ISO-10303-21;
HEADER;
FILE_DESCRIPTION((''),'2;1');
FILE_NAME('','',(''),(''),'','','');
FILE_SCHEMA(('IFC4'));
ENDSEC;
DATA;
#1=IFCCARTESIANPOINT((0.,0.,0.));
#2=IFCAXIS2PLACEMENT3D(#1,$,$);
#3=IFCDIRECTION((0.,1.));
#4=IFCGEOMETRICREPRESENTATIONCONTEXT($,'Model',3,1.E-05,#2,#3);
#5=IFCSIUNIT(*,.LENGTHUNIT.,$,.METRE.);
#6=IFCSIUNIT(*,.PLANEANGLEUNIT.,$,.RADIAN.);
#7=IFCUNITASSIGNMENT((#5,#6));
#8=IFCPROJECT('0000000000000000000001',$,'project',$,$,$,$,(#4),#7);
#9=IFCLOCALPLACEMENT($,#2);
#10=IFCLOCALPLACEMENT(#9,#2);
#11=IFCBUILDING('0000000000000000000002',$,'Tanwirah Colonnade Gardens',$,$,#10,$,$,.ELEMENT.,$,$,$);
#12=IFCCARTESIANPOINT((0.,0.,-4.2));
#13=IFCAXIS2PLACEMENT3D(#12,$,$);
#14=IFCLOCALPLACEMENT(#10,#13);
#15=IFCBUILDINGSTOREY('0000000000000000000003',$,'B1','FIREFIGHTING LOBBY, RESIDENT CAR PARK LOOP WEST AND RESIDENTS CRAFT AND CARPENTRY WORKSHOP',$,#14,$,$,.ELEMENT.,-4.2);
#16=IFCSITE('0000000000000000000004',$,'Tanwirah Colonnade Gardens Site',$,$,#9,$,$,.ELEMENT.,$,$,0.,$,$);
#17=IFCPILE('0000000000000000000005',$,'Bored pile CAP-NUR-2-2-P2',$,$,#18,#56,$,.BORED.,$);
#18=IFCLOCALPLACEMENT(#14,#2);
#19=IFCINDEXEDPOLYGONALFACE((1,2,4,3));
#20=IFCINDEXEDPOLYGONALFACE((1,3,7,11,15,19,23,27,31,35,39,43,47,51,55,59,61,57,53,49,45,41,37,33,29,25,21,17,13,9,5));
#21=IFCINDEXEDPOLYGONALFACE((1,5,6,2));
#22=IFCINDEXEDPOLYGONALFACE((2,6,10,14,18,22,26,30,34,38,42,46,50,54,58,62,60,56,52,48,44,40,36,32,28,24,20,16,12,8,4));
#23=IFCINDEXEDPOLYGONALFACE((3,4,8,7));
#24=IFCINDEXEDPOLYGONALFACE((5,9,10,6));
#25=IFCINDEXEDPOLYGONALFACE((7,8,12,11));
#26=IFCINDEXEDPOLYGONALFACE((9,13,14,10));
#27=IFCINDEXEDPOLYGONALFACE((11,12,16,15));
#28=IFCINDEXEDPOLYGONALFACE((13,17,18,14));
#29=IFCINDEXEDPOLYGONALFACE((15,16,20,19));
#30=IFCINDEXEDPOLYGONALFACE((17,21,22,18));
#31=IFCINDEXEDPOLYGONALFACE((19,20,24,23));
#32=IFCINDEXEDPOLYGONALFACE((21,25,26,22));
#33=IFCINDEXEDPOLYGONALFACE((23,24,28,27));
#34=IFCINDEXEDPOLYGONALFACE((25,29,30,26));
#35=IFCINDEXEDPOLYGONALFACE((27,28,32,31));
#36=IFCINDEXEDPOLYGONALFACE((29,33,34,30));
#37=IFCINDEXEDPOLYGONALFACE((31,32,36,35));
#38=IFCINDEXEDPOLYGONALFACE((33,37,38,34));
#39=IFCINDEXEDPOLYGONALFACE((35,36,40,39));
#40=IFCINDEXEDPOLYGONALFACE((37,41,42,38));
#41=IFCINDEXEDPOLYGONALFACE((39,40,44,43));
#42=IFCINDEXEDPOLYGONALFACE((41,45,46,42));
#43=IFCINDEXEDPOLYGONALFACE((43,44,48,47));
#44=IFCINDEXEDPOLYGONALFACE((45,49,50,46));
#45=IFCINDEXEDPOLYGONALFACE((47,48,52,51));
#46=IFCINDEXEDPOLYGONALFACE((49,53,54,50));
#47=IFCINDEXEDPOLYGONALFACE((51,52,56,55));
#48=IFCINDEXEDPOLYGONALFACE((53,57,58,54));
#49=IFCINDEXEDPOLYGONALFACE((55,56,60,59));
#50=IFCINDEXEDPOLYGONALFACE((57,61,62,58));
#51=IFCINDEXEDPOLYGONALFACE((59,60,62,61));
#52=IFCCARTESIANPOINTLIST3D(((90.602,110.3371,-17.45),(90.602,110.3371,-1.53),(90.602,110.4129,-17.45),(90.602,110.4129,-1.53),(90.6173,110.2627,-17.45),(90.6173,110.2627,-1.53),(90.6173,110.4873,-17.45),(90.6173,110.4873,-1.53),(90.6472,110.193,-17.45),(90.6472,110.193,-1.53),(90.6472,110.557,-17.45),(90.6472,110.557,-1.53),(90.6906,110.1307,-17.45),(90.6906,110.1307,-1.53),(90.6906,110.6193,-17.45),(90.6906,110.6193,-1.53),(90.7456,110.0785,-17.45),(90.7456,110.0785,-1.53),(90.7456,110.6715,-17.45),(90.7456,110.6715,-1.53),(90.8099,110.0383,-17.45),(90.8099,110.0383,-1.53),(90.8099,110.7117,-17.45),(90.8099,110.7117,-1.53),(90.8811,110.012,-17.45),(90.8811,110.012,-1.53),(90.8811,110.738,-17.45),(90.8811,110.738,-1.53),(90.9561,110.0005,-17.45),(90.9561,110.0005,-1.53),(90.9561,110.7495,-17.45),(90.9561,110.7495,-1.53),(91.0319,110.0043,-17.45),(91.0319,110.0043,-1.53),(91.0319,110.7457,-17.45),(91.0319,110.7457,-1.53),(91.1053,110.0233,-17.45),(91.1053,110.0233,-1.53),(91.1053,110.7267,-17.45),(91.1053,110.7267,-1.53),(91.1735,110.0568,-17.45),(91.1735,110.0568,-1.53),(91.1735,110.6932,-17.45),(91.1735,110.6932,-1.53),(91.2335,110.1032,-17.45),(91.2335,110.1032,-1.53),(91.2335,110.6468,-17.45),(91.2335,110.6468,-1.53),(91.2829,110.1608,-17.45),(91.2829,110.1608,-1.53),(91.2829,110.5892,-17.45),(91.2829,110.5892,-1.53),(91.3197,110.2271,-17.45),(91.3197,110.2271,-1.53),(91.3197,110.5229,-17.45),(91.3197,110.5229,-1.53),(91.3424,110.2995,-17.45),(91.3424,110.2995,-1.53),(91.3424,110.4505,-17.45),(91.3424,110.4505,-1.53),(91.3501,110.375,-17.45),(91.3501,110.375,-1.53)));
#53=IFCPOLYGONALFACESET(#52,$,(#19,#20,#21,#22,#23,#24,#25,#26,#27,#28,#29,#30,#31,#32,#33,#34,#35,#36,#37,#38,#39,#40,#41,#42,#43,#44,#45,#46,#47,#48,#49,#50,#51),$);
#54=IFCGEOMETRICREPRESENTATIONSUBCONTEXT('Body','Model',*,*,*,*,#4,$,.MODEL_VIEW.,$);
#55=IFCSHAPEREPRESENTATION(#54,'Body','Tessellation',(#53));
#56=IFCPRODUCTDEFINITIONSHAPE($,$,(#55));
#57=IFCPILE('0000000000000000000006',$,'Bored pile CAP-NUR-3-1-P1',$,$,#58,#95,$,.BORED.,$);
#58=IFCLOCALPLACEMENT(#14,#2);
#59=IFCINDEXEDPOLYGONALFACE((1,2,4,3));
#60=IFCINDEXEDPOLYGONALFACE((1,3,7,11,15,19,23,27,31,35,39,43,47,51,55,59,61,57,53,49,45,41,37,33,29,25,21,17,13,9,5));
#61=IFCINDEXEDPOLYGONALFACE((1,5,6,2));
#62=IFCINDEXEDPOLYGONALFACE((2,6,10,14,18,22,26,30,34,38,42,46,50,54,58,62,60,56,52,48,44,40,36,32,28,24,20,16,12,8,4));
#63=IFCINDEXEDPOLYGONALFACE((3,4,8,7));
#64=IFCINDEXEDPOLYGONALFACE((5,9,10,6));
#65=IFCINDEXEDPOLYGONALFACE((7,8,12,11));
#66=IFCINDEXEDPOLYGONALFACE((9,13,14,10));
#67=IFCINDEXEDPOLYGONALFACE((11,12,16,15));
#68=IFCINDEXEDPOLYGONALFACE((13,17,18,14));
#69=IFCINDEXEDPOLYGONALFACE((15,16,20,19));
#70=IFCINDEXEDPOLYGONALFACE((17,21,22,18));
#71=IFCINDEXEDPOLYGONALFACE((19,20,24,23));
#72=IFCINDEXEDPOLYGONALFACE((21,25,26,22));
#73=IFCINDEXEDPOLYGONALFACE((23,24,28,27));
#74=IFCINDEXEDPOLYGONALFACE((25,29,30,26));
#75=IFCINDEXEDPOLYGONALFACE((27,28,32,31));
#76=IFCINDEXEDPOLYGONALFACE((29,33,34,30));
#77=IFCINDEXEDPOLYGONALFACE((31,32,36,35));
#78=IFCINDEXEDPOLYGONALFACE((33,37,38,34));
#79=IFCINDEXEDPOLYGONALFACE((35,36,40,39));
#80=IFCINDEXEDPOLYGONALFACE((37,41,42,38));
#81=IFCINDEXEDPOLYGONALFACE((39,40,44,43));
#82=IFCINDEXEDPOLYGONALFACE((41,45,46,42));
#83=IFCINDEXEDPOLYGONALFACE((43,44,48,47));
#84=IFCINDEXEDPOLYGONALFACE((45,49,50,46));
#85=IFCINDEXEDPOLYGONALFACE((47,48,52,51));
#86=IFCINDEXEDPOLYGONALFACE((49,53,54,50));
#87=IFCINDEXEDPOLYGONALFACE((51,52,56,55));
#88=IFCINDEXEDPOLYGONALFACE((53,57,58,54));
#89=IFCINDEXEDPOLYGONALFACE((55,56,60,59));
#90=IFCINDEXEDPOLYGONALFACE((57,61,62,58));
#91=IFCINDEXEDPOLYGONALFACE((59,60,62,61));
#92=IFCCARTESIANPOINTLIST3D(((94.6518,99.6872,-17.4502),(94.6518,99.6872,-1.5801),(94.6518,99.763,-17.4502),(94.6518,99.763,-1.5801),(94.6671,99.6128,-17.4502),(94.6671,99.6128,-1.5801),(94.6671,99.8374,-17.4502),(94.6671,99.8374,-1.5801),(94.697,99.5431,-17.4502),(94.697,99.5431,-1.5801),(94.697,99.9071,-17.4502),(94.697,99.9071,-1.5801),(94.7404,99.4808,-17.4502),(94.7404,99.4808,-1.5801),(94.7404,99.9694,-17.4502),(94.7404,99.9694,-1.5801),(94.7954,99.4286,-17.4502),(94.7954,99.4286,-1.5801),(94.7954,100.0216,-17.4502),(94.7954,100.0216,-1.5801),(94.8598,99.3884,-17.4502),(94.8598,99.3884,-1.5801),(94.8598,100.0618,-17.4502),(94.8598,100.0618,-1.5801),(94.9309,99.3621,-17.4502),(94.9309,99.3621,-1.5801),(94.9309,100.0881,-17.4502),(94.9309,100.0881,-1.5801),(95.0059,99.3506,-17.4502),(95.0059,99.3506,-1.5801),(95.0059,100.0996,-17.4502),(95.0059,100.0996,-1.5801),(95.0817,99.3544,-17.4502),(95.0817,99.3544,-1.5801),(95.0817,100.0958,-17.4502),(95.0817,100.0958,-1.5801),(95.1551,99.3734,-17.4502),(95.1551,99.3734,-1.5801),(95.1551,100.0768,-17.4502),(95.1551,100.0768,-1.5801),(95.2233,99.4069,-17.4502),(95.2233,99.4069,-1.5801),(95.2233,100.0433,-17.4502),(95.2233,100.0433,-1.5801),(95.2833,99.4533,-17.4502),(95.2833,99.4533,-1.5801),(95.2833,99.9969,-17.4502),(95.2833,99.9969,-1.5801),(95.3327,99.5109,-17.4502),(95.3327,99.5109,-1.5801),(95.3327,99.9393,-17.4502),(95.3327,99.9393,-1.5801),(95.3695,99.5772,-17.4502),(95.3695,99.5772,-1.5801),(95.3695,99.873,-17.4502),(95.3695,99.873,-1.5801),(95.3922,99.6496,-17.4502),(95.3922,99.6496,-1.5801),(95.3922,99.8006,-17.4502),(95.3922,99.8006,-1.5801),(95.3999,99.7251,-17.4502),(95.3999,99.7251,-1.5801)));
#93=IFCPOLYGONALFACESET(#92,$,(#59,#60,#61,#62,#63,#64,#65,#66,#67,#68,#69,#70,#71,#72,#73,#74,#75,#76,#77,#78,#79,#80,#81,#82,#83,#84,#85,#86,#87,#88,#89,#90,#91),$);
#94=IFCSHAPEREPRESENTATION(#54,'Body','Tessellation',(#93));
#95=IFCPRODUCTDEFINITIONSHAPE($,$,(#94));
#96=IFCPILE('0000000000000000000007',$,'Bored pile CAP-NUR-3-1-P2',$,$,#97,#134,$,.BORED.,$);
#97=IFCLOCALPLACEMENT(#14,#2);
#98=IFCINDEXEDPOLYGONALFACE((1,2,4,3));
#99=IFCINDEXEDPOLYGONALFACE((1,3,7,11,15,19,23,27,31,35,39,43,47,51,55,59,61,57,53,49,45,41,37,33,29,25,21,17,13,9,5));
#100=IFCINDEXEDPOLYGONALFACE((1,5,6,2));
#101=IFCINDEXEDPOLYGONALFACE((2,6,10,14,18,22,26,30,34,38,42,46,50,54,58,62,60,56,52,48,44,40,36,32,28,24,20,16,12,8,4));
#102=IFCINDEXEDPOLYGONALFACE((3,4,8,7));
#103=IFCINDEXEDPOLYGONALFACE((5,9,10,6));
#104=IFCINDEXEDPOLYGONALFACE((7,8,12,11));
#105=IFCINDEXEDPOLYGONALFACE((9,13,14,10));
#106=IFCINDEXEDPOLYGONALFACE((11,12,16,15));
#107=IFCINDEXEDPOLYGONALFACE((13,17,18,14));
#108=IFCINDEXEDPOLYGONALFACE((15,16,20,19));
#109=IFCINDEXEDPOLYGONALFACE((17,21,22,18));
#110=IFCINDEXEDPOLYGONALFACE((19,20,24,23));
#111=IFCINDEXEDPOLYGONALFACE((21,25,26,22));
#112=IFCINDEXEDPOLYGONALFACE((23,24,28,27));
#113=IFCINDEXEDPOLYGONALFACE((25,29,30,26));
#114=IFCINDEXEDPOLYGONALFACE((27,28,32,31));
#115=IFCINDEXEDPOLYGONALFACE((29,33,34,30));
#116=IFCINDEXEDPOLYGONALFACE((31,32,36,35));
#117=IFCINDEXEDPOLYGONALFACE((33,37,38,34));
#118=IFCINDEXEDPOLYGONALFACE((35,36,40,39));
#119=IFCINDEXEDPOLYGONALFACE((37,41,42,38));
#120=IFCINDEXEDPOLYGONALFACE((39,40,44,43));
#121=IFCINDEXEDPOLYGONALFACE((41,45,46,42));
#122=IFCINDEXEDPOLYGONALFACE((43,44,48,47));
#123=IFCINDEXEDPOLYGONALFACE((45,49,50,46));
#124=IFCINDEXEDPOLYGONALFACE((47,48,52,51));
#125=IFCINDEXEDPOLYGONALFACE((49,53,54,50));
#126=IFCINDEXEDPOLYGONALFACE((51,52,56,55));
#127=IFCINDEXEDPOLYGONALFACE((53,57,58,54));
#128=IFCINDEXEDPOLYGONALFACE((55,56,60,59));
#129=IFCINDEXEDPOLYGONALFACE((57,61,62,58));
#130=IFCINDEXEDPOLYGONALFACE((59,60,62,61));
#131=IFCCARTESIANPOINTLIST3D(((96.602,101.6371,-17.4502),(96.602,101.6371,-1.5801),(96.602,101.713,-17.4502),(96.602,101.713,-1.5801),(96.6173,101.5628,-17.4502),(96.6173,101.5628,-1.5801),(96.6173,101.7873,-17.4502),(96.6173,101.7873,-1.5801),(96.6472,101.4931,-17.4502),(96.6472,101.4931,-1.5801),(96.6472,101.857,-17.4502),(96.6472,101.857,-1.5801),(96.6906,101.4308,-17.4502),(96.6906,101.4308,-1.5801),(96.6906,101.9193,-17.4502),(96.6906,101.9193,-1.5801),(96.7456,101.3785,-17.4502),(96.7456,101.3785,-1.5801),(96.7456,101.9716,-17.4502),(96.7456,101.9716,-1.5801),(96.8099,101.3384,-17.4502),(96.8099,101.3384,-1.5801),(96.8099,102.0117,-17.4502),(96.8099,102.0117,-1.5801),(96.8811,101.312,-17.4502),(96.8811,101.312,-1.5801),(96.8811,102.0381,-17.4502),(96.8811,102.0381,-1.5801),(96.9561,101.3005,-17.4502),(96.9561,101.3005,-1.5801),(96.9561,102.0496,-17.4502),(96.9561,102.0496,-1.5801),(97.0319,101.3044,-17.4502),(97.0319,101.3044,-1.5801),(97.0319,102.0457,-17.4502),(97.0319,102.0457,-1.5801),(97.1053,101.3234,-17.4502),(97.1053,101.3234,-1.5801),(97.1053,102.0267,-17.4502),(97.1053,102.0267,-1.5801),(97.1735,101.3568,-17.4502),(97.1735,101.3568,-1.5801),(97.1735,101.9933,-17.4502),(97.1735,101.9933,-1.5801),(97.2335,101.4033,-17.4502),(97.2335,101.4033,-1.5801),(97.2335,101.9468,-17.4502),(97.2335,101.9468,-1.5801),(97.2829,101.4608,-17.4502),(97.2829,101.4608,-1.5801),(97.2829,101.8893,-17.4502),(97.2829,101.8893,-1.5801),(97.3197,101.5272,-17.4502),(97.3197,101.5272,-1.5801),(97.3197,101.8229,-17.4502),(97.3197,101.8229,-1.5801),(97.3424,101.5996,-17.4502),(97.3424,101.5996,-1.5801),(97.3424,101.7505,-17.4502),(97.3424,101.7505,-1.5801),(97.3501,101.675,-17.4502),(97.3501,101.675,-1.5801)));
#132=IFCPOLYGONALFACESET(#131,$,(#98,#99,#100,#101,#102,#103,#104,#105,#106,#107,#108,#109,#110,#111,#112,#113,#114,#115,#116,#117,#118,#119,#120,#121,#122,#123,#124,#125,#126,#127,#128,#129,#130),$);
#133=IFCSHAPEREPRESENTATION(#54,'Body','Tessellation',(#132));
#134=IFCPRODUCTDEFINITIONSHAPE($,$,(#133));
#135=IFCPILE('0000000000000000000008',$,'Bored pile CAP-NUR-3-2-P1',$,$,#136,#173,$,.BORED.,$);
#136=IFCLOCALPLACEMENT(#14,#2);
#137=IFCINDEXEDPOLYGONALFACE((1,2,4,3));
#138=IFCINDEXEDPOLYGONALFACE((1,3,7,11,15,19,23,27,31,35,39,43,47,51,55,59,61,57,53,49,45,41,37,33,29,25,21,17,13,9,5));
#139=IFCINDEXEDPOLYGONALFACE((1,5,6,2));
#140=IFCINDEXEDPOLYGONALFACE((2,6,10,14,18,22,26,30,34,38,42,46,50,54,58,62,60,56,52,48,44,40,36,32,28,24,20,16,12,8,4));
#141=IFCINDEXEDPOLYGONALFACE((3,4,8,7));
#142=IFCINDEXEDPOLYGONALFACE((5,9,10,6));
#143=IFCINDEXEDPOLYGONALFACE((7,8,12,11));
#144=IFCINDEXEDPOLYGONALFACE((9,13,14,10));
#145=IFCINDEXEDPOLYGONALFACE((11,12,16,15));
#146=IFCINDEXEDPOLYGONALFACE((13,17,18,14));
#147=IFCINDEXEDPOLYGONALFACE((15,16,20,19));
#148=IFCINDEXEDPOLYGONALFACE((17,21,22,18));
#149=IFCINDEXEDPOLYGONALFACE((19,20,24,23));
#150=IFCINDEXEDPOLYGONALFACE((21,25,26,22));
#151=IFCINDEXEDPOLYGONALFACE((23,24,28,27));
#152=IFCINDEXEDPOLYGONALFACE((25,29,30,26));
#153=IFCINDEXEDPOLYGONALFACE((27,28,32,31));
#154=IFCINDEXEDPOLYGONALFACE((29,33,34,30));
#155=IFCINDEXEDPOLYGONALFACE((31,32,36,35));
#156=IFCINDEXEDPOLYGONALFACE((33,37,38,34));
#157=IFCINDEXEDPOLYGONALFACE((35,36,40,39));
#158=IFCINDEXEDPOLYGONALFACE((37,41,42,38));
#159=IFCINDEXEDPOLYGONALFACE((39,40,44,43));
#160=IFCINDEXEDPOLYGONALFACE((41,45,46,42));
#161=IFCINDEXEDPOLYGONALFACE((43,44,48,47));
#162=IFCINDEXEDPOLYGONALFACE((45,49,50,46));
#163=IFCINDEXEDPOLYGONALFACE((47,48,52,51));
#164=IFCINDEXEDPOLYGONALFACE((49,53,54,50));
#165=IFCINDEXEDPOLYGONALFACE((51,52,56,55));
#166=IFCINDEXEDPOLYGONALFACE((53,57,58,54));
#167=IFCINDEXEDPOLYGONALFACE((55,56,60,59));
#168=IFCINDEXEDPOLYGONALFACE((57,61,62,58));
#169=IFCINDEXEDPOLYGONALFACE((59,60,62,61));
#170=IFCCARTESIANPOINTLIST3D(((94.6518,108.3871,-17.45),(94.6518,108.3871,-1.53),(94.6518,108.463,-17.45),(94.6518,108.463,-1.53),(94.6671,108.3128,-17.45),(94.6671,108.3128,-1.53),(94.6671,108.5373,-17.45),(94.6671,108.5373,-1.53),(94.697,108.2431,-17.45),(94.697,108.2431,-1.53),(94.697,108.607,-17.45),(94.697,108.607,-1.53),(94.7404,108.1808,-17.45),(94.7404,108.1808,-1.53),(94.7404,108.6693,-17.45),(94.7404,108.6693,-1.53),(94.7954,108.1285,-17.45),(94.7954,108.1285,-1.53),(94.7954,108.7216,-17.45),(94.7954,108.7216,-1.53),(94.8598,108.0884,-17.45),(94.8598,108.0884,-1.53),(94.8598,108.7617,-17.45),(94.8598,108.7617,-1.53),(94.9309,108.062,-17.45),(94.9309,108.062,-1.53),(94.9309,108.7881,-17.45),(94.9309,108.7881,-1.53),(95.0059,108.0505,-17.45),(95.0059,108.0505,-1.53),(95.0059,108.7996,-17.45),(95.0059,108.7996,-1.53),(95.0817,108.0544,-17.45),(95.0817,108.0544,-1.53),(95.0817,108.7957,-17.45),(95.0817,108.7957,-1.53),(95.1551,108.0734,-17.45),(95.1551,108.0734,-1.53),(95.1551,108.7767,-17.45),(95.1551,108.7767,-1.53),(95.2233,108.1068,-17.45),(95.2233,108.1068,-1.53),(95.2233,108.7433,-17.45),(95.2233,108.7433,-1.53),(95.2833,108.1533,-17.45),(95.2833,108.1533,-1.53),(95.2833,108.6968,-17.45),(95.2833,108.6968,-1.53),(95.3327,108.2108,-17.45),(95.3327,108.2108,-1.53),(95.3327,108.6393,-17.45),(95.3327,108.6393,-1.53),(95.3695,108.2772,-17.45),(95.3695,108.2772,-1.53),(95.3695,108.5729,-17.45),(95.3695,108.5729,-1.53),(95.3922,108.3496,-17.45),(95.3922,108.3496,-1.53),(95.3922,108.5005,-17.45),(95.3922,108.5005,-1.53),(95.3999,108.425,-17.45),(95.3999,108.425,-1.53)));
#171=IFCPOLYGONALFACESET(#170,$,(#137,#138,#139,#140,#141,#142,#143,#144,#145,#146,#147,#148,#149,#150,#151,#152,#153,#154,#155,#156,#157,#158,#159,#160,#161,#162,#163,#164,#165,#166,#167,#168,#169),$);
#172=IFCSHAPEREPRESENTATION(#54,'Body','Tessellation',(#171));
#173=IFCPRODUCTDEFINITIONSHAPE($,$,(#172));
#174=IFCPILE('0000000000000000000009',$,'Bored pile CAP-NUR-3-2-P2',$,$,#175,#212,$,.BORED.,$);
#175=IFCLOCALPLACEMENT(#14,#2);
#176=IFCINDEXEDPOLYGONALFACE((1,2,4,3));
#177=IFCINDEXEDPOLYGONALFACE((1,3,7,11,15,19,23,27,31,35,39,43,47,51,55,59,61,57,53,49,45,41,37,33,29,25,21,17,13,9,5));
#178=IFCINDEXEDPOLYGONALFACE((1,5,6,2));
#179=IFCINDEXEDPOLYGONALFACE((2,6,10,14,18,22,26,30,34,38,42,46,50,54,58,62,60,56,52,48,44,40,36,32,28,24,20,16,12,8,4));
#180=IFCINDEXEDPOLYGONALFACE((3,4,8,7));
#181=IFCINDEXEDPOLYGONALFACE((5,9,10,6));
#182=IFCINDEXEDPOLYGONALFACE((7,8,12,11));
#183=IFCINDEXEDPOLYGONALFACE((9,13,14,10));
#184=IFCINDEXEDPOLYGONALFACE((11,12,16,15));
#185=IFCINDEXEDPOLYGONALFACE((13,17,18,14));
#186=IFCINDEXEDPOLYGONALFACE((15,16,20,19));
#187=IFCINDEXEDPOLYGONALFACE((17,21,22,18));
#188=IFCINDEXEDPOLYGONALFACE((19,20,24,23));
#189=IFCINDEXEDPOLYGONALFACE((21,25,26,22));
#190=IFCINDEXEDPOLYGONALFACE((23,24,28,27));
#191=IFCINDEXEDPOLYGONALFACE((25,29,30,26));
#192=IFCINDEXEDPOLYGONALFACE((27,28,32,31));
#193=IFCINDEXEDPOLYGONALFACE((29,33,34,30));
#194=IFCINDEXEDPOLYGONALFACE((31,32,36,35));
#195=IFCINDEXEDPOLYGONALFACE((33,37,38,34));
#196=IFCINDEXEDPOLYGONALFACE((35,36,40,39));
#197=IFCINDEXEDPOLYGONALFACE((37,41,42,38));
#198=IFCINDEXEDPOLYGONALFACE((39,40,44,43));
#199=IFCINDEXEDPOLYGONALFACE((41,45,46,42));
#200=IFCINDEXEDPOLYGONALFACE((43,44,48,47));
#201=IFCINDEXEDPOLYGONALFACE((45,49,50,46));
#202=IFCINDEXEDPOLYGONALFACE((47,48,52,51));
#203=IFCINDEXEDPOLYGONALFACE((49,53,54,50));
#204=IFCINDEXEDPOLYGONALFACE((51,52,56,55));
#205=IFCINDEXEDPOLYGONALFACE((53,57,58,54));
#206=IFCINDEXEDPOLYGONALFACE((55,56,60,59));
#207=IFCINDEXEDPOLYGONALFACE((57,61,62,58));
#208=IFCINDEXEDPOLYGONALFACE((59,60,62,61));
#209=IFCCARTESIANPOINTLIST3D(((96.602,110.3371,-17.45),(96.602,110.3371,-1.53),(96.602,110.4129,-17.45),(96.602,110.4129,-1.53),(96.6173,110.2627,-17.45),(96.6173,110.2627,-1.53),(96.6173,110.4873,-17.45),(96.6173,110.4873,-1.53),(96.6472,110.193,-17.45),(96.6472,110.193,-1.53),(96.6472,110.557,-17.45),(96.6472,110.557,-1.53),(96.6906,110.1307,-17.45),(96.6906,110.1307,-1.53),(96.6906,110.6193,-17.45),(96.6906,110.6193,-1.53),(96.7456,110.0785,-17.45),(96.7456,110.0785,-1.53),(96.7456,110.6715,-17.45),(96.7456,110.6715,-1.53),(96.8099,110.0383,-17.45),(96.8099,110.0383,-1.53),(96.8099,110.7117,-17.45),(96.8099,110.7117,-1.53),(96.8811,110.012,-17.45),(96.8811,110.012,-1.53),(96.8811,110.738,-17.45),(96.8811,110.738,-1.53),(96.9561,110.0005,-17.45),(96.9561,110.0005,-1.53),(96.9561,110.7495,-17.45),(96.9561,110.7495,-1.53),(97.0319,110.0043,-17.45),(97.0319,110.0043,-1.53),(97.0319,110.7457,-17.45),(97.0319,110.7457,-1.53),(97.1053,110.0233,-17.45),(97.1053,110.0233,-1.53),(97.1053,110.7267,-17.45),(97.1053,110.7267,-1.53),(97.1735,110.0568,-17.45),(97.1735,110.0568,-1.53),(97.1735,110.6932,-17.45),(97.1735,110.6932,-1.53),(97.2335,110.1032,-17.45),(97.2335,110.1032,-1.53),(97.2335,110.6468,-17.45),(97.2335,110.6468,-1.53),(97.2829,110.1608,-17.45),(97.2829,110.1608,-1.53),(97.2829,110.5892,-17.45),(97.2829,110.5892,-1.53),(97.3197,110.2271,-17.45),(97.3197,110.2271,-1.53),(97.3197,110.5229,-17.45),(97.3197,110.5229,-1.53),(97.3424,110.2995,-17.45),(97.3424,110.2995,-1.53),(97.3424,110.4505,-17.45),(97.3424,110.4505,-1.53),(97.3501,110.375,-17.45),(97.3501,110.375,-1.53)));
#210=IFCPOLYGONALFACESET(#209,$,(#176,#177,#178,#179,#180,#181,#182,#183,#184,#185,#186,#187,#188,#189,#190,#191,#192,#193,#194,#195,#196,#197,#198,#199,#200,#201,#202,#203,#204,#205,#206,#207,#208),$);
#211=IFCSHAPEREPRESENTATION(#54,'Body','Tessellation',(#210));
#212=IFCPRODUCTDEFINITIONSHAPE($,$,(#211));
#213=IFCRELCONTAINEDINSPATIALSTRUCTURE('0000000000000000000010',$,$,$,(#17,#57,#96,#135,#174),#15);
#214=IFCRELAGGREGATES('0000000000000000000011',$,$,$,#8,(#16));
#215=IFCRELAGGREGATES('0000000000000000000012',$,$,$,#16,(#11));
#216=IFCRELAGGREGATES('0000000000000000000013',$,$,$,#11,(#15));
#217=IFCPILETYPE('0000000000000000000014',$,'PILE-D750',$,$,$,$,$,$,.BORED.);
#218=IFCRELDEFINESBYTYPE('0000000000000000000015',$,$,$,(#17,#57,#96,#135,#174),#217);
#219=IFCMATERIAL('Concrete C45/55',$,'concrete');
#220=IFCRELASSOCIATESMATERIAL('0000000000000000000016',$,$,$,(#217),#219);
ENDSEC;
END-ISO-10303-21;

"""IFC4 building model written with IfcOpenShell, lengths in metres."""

from ifc_helpers import new_model, si_unit, direction, frame, origin, origin_2d, place, context, subcontext, project, spatial, circle, extrude, material, material_profile, profile_set, type_object, element, save


model = new_model("IFC4")

# Units and contexts
model_context = context("Model", 3, precision=1e-05, world=origin(), true_north=direction((0.0, 1.0)))
body_context = subcontext(model_context, "Body", "Model", "MODEL_VIEW")
ifc_project = project(units=[si_unit("LENGTHUNIT", "METRE"), si_unit("PLANEANGLEUNIT", "RADIAN")], contexts=[model_context])

# Site, building, storey
site_placement = place(None, origin())
site = spatial("IfcSite", under=ifc_project, at=site_placement, Name="Tanwirah Colonnade Gardens Site", CompositionType="ELEMENT", RefElevation=0.0)
building_placement = place(site_placement, origin())
building = spatial("IfcBuilding", under=site, at=building_placement, Name="Tanwirah Colonnade Gardens", CompositionType="ELEMENT")
storey_placement = place(building_placement, frame((0.0, 0.0, -4.2)))
storey = spatial("IfcBuildingStorey", under=building, at=storey_placement, Name="B1", Description="FIREFIGHTING LOBBY, RESIDENT CAR PARK LOOP WEST AND RESIDENTS CRAFT AND CARPENTRY WORKSHOP", CompositionType="ELEMENT", Elevation=-4.2)

# Shared definitions
ifc_material_1 = material(Name="Concrete C45/55", Category="concrete")

# Piles
ifc_material_profile_1 = material_profile(ifc_material_1, circle(Radius=0.375, at=origin_2d()), Name="PILE D750")
ifc_profile_set_1 = profile_set([ifc_material_profile_1], Name="Concrete C45/55")
pile_type_1 = type_object("IfcPileType", Name="PILE-D750", PredefinedType="BORED", material=ifc_profile_set_1)
pile_1_placement = place(storey_placement, frame((90.9751, 110.375, -1.53), z_axis=(0.0, 0.0, -1.0), x_axis=(1.0, 0.0, 0.0)))
element("IfcPile", 1, at=pile_1_placement, inside=storey, type_object=pile_type_1, Name="Bored pile CAP-NUR-2-2-P2", PredefinedType="BORED", context=body_context, shape_type="SweptSolid", body=[
    extrude(circle(Radius=0.375, at=origin_2d()), origin(), (0.0, 0.0, 1.0), 15.9199),
])
for number, where, z_axis, x_axis, name in (
    (2, (95.0249, 99.7251, -1.5801), (0.0, 0.0, -1.0), (1.0, 0.0, 0.0), "Bored pile CAP-NUR-3-1-P1"),
    (3, (96.9751, 101.675, -1.5801), (0.0, 0.0, -1.0), (1.0, 0.0, 0.0), "Bored pile CAP-NUR-3-1-P2"),
):
    element("IfcPile", number, at=place(storey_placement, frame(where, z_axis=z_axis, x_axis=x_axis)), inside=storey, type_object=pile_type_1, Name=name, PredefinedType="BORED", context=body_context, shape_type="SweptSolid", body=[
        extrude(circle(Radius=0.375, at=origin_2d()), origin(), (0.0, 0.0, 1.0), 15.8701),
    ])
for number, where, z_axis, x_axis, name in (
    (4, (95.0249, 108.425, -1.53), (0.0, 0.0, -1.0), (1.0, 0.0, 0.0), "Bored pile CAP-NUR-3-2-P1"),
    (5, (96.9751, 110.375, -1.53), (0.0, 0.0, -1.0), (1.0, 0.0, 0.0), "Bored pile CAP-NUR-3-2-P2"),
):
    element("IfcPile", number, at=place(storey_placement, frame(where, z_axis=z_axis, x_axis=x_axis)), inside=storey, type_object=pile_type_1, Name=name, PredefinedType="BORED", context=body_context, shape_type="SweptSolid", body=[
        extrude(circle(Radius=0.375, at=origin_2d()), origin(), (0.0, 0.0, 1.0), 15.9199),
    ])

save(model, "model.ifc")
